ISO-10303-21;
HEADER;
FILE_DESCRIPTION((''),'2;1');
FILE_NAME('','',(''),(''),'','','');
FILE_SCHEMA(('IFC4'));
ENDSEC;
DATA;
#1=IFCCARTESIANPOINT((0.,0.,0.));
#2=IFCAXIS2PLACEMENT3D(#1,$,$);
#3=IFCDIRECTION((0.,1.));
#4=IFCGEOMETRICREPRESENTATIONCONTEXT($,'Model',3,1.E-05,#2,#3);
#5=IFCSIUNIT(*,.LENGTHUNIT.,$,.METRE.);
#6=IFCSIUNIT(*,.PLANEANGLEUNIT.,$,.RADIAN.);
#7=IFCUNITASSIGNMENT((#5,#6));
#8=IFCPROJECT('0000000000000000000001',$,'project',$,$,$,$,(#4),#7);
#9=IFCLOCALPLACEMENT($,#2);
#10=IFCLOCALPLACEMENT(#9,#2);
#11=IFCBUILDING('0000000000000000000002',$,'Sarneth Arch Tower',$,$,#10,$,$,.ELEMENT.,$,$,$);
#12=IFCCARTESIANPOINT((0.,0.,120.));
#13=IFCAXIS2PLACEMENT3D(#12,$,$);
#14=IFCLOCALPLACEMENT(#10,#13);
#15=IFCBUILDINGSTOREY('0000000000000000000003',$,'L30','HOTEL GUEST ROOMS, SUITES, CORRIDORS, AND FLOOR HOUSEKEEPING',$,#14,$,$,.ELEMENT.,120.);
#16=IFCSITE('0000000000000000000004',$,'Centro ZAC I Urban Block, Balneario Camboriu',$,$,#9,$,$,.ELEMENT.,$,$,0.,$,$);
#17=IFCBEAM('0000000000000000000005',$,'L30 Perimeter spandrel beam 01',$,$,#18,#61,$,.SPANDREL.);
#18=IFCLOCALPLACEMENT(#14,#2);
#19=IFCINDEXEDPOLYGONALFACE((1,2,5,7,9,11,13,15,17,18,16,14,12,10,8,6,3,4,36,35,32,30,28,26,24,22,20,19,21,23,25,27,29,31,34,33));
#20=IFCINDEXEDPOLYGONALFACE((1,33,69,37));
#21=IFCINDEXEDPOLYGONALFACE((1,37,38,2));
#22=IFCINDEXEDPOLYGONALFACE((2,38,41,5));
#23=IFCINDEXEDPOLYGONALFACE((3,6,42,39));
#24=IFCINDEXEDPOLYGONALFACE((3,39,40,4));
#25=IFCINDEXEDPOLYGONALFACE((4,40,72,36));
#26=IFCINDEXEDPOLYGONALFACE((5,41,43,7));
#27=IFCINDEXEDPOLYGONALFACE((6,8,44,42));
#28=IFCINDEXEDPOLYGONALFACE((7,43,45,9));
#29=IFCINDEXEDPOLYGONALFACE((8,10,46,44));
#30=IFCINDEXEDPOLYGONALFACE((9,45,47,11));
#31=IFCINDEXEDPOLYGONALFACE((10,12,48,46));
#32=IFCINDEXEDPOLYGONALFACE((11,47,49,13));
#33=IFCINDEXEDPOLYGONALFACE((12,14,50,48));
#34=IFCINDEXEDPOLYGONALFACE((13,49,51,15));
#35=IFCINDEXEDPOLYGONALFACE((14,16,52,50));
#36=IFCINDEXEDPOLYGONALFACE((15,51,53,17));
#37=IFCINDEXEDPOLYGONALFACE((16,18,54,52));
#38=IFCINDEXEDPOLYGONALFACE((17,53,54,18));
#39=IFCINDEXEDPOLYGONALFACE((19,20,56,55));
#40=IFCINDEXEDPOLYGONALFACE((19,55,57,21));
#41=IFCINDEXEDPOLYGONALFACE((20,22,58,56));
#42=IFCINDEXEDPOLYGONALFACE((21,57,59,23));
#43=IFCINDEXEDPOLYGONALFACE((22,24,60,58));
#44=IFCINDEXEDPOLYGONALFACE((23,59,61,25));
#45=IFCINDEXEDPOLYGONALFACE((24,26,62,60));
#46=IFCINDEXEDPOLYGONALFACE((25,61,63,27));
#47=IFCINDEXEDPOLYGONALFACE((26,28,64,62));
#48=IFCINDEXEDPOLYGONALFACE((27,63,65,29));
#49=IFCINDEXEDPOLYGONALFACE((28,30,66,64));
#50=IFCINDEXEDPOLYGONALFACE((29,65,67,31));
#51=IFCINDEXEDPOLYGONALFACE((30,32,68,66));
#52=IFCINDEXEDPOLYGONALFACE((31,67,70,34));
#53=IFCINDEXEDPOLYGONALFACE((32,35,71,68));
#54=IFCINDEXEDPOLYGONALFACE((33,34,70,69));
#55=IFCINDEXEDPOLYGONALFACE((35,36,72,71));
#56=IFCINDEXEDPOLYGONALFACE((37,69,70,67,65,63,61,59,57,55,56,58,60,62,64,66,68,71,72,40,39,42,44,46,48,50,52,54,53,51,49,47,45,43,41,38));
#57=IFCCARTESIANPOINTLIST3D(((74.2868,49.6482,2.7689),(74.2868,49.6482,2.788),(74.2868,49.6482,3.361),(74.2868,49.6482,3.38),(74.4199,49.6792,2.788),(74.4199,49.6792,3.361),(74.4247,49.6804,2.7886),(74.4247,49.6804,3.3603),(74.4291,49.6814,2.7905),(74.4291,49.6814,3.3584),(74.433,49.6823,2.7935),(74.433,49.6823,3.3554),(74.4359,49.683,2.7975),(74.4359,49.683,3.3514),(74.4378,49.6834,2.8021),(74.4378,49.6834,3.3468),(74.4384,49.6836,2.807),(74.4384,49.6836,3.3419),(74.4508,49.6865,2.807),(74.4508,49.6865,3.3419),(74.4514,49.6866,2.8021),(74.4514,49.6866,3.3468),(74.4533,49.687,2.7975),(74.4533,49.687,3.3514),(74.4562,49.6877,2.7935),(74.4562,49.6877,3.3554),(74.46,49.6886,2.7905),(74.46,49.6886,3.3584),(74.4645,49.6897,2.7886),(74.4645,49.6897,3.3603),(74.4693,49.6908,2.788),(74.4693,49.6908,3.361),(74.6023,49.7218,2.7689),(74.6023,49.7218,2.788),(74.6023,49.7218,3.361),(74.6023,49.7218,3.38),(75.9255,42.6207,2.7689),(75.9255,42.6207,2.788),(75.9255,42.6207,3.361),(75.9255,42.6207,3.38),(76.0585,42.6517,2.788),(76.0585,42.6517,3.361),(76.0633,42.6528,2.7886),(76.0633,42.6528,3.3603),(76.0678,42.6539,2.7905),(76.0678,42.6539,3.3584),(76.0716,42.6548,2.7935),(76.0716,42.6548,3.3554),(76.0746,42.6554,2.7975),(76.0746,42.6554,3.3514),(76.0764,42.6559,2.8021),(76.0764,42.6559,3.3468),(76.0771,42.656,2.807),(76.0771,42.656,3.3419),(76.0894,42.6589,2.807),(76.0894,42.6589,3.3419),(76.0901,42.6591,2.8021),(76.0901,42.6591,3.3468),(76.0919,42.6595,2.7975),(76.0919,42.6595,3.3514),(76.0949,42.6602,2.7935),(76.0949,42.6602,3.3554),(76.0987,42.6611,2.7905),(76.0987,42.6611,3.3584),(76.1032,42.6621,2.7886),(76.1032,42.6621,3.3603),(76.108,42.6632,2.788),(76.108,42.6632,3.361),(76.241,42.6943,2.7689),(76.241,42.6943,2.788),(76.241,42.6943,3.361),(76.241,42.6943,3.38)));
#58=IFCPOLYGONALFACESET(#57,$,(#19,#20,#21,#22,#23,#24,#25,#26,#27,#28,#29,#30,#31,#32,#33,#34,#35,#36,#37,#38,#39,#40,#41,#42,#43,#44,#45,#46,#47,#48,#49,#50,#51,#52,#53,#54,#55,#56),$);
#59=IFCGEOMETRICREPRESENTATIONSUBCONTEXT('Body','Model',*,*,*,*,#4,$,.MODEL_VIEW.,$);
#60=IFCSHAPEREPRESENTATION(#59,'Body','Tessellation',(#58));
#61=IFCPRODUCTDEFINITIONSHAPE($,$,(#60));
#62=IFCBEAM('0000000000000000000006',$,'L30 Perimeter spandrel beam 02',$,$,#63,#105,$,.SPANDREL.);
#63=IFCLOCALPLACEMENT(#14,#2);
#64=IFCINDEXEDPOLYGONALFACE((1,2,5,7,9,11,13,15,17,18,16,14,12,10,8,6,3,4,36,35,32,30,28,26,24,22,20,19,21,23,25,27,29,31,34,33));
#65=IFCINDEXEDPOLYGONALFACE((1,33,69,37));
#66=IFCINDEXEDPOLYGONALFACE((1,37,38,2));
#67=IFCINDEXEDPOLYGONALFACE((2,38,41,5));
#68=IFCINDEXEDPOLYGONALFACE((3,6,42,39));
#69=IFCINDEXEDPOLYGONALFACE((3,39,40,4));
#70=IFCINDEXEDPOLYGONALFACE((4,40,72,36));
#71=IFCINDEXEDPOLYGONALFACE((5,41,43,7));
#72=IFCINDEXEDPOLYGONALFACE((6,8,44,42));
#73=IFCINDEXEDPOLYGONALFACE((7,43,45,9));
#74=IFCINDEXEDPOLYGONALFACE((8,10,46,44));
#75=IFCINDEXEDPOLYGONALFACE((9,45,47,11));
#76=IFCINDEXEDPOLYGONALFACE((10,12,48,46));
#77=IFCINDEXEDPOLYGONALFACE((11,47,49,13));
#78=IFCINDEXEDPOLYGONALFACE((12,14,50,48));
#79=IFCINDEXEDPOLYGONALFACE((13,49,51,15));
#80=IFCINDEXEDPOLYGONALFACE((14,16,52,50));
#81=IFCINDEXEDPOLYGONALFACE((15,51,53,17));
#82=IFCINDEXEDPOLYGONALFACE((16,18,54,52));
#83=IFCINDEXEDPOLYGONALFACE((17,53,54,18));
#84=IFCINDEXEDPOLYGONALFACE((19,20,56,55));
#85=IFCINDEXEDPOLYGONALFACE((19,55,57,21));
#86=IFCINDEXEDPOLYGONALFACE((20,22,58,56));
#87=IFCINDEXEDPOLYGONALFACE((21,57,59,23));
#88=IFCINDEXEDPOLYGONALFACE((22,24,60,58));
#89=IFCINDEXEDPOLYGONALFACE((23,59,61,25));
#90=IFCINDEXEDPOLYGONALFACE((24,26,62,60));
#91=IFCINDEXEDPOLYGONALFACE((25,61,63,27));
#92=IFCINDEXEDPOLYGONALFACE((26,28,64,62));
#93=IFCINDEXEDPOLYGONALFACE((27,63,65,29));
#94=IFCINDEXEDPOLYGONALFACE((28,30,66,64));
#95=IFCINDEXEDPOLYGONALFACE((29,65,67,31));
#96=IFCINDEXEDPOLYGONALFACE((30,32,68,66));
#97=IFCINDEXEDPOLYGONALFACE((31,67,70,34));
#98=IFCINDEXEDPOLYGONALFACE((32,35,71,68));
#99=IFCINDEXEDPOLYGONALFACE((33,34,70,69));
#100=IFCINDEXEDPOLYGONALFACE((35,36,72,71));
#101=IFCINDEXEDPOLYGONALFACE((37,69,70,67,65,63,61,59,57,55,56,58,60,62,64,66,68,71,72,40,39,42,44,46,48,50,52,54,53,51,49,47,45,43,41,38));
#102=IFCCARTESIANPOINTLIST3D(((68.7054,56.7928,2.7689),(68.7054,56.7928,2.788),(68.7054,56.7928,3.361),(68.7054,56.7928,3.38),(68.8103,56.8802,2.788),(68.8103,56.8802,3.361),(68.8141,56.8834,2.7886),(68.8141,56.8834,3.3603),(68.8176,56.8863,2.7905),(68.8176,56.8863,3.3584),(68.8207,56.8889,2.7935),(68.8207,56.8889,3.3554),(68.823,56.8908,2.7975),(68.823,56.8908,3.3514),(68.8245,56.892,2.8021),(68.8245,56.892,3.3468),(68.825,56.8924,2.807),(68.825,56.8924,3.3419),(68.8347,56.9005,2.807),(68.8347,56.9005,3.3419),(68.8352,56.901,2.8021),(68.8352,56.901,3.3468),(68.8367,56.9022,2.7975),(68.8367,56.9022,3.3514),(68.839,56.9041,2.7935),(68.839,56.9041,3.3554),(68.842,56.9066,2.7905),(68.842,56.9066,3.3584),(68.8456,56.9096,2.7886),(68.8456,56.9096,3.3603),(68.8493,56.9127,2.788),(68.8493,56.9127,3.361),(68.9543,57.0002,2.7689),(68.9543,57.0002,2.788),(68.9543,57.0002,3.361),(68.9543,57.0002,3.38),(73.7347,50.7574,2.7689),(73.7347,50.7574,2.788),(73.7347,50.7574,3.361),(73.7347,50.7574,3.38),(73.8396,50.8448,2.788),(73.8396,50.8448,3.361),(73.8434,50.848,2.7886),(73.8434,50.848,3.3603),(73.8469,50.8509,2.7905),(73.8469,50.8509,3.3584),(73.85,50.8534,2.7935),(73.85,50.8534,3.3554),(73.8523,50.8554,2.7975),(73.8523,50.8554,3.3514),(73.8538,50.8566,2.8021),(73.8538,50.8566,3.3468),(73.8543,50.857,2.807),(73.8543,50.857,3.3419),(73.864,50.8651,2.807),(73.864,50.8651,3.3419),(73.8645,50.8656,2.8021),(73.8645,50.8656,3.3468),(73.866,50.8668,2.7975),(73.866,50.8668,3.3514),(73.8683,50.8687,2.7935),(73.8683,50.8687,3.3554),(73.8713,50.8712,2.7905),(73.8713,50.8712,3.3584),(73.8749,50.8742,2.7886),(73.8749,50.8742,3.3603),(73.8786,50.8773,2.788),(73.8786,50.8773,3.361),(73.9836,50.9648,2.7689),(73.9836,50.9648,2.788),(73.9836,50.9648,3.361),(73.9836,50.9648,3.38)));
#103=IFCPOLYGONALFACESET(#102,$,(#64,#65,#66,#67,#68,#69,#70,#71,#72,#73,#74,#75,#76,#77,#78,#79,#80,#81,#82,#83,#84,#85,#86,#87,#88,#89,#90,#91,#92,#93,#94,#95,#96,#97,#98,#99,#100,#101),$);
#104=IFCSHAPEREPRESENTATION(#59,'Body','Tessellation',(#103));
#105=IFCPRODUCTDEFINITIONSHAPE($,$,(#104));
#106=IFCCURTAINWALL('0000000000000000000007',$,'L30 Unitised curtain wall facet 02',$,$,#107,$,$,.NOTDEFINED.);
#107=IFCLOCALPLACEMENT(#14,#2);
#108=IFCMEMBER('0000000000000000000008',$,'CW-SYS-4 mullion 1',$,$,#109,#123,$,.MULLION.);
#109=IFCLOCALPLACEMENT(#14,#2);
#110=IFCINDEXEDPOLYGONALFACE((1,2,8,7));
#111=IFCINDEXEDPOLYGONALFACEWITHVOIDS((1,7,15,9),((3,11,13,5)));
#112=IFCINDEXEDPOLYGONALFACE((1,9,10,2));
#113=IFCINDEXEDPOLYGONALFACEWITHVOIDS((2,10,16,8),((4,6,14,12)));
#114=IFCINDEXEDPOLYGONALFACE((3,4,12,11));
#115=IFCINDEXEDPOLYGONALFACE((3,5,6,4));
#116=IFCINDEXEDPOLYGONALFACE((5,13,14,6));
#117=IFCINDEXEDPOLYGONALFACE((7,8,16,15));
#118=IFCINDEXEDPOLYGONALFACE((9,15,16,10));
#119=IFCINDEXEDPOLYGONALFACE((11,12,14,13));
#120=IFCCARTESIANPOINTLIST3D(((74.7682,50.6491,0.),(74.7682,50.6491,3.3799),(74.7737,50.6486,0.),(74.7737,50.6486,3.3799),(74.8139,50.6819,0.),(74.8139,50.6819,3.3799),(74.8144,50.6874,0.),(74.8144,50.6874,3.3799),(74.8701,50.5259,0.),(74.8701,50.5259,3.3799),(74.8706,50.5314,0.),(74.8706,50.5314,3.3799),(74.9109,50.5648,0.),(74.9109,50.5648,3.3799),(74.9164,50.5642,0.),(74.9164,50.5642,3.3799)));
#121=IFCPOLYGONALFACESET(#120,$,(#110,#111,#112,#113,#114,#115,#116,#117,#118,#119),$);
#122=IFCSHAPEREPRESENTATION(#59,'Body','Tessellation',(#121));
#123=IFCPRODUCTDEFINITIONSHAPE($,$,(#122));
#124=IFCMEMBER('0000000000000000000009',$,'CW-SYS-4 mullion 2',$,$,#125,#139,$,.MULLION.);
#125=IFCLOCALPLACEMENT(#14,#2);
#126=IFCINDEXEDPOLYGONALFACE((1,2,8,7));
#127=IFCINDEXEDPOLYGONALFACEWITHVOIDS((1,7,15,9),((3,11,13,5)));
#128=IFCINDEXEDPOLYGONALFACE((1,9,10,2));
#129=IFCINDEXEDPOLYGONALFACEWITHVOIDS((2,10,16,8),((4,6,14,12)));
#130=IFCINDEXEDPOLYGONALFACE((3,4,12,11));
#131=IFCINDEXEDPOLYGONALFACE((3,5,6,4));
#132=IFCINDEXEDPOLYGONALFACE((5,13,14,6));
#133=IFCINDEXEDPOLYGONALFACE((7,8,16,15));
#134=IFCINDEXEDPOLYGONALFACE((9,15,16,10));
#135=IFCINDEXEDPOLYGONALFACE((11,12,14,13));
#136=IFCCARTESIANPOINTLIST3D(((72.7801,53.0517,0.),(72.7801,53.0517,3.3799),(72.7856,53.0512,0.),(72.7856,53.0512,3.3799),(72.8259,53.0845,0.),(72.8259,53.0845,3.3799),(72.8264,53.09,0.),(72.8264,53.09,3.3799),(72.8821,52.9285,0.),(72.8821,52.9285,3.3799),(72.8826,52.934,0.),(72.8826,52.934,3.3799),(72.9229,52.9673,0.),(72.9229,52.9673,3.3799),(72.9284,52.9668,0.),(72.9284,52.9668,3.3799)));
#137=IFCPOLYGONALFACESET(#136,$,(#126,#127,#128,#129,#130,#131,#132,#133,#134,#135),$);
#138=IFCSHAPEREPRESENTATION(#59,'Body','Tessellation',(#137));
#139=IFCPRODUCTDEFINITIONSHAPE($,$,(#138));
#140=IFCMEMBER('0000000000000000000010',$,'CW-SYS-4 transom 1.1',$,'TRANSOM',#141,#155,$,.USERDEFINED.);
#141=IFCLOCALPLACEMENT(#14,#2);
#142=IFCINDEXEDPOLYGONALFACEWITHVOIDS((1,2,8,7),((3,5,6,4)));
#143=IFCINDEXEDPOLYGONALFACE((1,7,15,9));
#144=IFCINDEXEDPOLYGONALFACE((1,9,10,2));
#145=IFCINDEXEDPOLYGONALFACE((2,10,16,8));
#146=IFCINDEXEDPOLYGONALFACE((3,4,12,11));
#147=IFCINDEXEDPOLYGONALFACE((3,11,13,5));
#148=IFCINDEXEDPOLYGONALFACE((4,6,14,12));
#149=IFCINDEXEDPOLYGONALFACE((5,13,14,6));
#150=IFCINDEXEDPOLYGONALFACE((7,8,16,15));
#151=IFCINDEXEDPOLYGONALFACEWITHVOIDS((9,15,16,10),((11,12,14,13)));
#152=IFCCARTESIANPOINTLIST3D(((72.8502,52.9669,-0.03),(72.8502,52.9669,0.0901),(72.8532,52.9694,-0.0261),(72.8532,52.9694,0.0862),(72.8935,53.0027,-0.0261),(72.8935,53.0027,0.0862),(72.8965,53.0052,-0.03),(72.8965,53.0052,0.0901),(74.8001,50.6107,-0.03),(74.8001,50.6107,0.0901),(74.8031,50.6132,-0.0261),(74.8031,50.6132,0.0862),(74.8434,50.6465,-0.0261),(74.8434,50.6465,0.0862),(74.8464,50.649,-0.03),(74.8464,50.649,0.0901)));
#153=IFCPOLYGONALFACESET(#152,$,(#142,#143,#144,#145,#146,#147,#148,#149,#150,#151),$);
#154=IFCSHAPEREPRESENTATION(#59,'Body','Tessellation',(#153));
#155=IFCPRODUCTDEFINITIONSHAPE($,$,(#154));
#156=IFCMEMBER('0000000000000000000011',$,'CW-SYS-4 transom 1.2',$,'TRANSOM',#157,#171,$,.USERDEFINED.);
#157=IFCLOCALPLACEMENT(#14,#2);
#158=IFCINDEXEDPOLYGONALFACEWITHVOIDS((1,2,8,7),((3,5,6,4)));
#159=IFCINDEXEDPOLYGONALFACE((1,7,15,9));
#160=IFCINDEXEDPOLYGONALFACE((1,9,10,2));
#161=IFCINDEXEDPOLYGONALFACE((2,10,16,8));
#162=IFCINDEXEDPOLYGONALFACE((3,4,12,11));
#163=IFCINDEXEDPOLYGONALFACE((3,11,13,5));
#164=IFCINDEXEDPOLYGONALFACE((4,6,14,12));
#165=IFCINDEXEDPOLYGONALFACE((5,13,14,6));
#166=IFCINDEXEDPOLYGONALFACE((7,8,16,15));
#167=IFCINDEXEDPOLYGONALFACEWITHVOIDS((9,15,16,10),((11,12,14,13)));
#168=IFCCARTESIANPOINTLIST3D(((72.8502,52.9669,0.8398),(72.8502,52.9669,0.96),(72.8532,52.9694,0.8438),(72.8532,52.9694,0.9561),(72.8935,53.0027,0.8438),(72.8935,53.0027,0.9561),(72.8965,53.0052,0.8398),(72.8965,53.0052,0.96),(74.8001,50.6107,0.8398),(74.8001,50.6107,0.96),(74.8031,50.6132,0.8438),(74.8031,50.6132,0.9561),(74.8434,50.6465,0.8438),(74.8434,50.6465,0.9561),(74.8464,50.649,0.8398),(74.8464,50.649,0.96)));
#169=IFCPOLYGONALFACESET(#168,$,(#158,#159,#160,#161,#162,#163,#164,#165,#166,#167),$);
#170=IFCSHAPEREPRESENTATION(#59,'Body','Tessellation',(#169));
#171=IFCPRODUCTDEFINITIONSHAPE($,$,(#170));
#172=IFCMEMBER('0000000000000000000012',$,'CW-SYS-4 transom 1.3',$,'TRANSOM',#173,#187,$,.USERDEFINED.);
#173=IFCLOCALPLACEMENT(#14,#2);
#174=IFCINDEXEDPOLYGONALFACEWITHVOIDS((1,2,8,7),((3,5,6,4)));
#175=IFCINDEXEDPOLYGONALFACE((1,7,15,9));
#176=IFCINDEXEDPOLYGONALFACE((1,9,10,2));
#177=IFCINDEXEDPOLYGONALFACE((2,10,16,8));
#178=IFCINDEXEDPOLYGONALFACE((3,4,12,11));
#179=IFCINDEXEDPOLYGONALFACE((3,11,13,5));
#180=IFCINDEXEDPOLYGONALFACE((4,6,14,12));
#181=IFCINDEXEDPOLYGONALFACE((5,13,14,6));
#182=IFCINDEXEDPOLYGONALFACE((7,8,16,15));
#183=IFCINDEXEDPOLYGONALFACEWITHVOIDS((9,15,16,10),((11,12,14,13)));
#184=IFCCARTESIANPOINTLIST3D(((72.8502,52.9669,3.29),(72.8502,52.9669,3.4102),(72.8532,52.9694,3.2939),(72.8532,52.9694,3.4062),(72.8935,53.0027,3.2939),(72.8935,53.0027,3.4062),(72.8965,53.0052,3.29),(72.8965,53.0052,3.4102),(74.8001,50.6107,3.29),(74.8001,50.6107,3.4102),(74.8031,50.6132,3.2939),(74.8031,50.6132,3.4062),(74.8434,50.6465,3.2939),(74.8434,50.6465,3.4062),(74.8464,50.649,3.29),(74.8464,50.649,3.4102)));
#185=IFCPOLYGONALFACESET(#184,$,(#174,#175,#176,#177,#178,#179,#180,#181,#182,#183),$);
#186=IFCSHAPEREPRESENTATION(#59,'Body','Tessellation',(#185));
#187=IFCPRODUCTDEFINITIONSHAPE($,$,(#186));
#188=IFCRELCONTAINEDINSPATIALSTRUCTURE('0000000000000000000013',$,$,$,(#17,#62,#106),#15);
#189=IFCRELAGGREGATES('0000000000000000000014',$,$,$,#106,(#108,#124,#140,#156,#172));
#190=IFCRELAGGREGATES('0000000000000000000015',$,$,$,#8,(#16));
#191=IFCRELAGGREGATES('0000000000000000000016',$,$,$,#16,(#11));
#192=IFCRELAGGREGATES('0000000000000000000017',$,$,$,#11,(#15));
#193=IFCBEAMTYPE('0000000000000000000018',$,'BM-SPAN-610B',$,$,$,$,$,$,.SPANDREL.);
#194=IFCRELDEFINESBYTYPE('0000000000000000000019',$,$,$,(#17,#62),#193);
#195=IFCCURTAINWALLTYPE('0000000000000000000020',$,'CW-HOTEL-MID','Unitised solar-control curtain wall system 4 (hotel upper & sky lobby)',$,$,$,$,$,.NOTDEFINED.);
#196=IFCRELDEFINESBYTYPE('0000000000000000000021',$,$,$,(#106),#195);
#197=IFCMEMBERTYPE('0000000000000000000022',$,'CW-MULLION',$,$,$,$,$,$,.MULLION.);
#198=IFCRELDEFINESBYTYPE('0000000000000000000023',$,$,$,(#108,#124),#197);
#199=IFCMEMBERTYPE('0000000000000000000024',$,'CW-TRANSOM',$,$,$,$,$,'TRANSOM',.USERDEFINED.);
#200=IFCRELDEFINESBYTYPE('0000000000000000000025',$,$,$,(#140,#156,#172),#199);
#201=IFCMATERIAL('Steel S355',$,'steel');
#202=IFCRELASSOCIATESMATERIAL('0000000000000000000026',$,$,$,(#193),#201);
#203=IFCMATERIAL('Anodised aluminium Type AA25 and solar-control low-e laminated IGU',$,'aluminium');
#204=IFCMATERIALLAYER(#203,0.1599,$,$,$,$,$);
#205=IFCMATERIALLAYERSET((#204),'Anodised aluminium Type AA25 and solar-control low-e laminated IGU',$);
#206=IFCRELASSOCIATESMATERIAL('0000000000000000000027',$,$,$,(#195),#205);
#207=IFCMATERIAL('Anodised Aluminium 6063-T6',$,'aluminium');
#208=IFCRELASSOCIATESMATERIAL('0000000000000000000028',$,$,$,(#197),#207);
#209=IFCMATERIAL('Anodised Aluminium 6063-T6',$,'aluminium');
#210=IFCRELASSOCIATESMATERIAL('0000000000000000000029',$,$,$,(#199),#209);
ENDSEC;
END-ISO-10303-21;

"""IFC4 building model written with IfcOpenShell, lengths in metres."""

from ifc_helpers import new_model, si_unit, direction, frame, origin, origin_2d, place, context, subcontext, project, spatial, hollow_rectangle, i_section, extrude, material, layer, layer_set, material_profile, profile_set, type_object, element, aggregate, save


model = new_model("IFC4")

# Units and contexts
model_context = context("Model", 3, precision=1e-05, world=origin(), true_north=direction((0.0, 1.0)))
body_context = subcontext(model_context, "Body", "Model", "MODEL_VIEW")
ifc_project = project(units=[si_unit("LENGTHUNIT", "METRE"), si_unit("PLANEANGLEUNIT", "RADIAN")], contexts=[model_context])

# Site, building, storey
site_placement = place(None, origin())
site = spatial("IfcSite", under=ifc_project, at=site_placement, Name="Centro ZAC I Urban Block, Balneario Camboriu", CompositionType="ELEMENT", RefElevation=0.0)
building_placement = place(site_placement, origin())
building = spatial("IfcBuilding", under=site, at=building_placement, Name="Sarneth Arch Tower", CompositionType="ELEMENT")
storey_placement = place(building_placement, frame((0.0, 0.0, 120.0)))
storey = spatial("IfcBuildingStorey", under=building, at=storey_placement, Name="L30", Description="HOTEL GUEST ROOMS, SUITES, CORRIDORS, AND FLOOR HOUSEKEEPING", CompositionType="ELEMENT", Elevation=120.0)

# Beams
ifc_material_1 = material(Name="Steel S355", Category="steel")
ifc_material_profile_1 = material_profile(ifc_material_1, i_section(OverallWidth=0.324, OverallDepth=0.6111, WebThickness=0.0127, FlangeThickness=0.019, FilletRadius=0.019, at=origin_2d()), Name="W610x155")
ifc_profile_set_1 = profile_set([ifc_material_profile_1], Name="Steel S355")
beam_type = type_object("IfcBeamType", Name="BM-SPAN-610B", PredefinedType="SPANDREL", material=ifc_profile_set_1)
beam_1_placement = place(storey_placement, frame((76.0833, 42.6575, 3.0745), z_axis=(-0.227085, 0.973875, 0.0), x_axis=(-0.973875, -0.227085, 0.0)))
element("IfcBeam", 1, at=beam_1_placement, inside=storey, type_object=beam_type, Name="L30 Perimeter spandrel beam 01", PredefinedType="SPANDREL", context=body_context, shape_type="SweptSolid", body=[
    extrude(i_section(OverallWidth=0.324, OverallDepth=0.6111, WebThickness=0.0127, FlangeThickness=0.019, FilletRadius=0.019, at=origin_2d()), origin(), (0.0, 0.0, 1.0), 7.2161),
])
beam_2_placement = place(storey_placement, frame((73.8591, 50.8611, 3.0745), z_axis=(-0.640169, 0.768234, 0.0), x_axis=(-0.768234, -0.640169, 0.0)))
element("IfcBeam", 2, at=beam_2_placement, inside=storey, type_object=beam_type, Name="L30 Perimeter spandrel beam 02", PredefinedType="SPANDREL", context=body_context, shape_type="SweptSolid", body=[
    extrude(i_section(OverallWidth=0.324, OverallDepth=0.6111, WebThickness=0.0127, FlangeThickness=0.019, FilletRadius=0.019, at=origin_2d()), origin(), (0.0, 0.0, 1.0), 7.8562),
])

# Curtain wall, members
ifc_material_2 = material(Name="Anodised aluminium Type AA25 and solar-control low-e laminated IGU", Category="aluminium")
ifc_layer_1 = layer(ifc_material_2, 0.1599)
ifc_layer_set_1 = layer_set([ifc_layer_1], Name="Anodised aluminium Type AA25 and solar-control low-e laminated IGU")
curtain_wall_type = type_object("IfcCurtainWallType", Name="CW-HOTEL-MID", Description="Unitised solar-control curtain wall system 4 (hotel upper & sky lobby)", PredefinedType="NOTDEFINED", material=ifc_layer_set_1)
curtain_wall_placement = place(storey_placement, origin())
curtain_wall = element("IfcCurtainWall", 3, at=curtain_wall_placement, inside=storey, type_object=curtain_wall_type, Name="L30 Unitised curtain wall facet 02", PredefinedType="NOTDEFINED")
ifc_material_3 = material(Name="Anodised Aluminium 6063-T6", Category="aluminium")
ifc_material_profile_2 = material_profile(ifc_material_3, hollow_rectangle(XDim=0.0601, YDim=0.1599, WallThickness=0.0039, at=origin_2d()), Name="AL-MULL-160x60x4")
ifc_profile_set_2 = profile_set([ifc_material_profile_2], Name="Anodised Aluminium 6063-T6")
member_type_1 = type_object("IfcMemberType", Name="CW-MULLION", PredefinedType="MULLION", material=ifc_profile_set_2)
member_1_placement = place(storey_placement, frame((74.8423, 50.6067, 0.0), z_axis=(0.0, 0.0, 1.0), x_axis=(-0.770438, -0.637515, 0.0)))
member_1 = element("IfcMember", 4, at=member_1_placement, type_object=member_type_1, Name="CW-SYS-4 mullion 1", PredefinedType="MULLION", context=body_context, shape_type="SweptSolid", body=[
    extrude(hollow_rectangle(XDim=0.0601, YDim=0.1599, WallThickness=0.0039, at=origin_2d()), origin(), (0.0, 0.0, 1.0), 3.3799),
])
member_2_placement = place(storey_placement, frame((72.8542, 53.0093, 0.0), z_axis=(0.0, 0.0, 1.0), x_axis=(-0.770438, -0.637515, 0.0)))
member_2 = element("IfcMember", 5, at=member_2_placement, type_object=member_type_1, Name="CW-SYS-4 mullion 2", PredefinedType="MULLION", context=body_context, shape_type="SweptSolid", body=[
    extrude(hollow_rectangle(XDim=0.0601, YDim=0.1599, WallThickness=0.0039, at=origin_2d()), origin(), (0.0, 0.0, 1.0), 3.3799),
])
ifc_material_4 = material(Name="Anodised Aluminium 6063-T6", Category="aluminium")
ifc_material_profile_3 = material_profile(ifc_material_4, hollow_rectangle(XDim=0.0601, YDim=0.1201, WallThickness=0.0039, at=origin_2d()), Name="AL-TRAN-120x60x4")
ifc_profile_set_3 = profile_set([ifc_material_profile_3], Name="Anodised Aluminium 6063-T6")
member_type_2 = type_object("IfcMemberType", Name="CW-TRANSOM", ElementType="TRANSOM", PredefinedType="USERDEFINED", material=ifc_profile_set_3)
member_3_placement = place(storey_placement, frame((74.8232, 50.6299, 0.03), z_axis=(-0.637566, 0.770396, 0.0), x_axis=(-0.770396, -0.637566, 0.0)))
member_3 = element("IfcMember", 6, at=member_3_placement, type_object=member_type_2, Name="CW-SYS-4 transom 1.1", ObjectType="TRANSOM", PredefinedType="USERDEFINED", context=body_context, shape_type="SweptSolid", body=[
    extrude(hollow_rectangle(XDim=0.0601, YDim=0.1201, WallThickness=0.0039, at=origin_2d()), origin(), (0.0, 0.0, 1.0), 3.0583),
])
member_4_placement = place(storey_placement, frame((74.8232, 50.6299, 0.8999), z_axis=(-0.637566, 0.770396, 0.0), x_axis=(-0.770396, -0.637566, 0.0)))
member_4 = element("IfcMember", 7, at=member_4_placement, type_object=member_type_2, Name="CW-SYS-4 transom 1.2", ObjectType="TRANSOM", PredefinedType="USERDEFINED", context=body_context, shape_type="SweptSolid", body=[
    extrude(hollow_rectangle(XDim=0.0601, YDim=0.1201, WallThickness=0.0039, at=origin_2d()), origin(), (0.0, 0.0, 1.0), 3.0583),
])
member_5_placement = place(storey_placement, frame((74.8232, 50.6299, 3.3501), z_axis=(-0.637566, 0.770396, 0.0), x_axis=(-0.770396, -0.637566, 0.0)))
member_5 = element("IfcMember", 8, at=member_5_placement, type_object=member_type_2, Name="CW-SYS-4 transom 1.3", ObjectType="TRANSOM", PredefinedType="USERDEFINED", context=body_context, shape_type="SweptSolid", body=[
    extrude(hollow_rectangle(XDim=0.0601, YDim=0.1201, WallThickness=0.0039, at=origin_2d()), origin(), (0.0, 0.0, 1.0), 3.0583),
])

aggregate(curtain_wall, [member_1, member_2, member_3, member_4, member_5])

save(model, "model.ifc")
